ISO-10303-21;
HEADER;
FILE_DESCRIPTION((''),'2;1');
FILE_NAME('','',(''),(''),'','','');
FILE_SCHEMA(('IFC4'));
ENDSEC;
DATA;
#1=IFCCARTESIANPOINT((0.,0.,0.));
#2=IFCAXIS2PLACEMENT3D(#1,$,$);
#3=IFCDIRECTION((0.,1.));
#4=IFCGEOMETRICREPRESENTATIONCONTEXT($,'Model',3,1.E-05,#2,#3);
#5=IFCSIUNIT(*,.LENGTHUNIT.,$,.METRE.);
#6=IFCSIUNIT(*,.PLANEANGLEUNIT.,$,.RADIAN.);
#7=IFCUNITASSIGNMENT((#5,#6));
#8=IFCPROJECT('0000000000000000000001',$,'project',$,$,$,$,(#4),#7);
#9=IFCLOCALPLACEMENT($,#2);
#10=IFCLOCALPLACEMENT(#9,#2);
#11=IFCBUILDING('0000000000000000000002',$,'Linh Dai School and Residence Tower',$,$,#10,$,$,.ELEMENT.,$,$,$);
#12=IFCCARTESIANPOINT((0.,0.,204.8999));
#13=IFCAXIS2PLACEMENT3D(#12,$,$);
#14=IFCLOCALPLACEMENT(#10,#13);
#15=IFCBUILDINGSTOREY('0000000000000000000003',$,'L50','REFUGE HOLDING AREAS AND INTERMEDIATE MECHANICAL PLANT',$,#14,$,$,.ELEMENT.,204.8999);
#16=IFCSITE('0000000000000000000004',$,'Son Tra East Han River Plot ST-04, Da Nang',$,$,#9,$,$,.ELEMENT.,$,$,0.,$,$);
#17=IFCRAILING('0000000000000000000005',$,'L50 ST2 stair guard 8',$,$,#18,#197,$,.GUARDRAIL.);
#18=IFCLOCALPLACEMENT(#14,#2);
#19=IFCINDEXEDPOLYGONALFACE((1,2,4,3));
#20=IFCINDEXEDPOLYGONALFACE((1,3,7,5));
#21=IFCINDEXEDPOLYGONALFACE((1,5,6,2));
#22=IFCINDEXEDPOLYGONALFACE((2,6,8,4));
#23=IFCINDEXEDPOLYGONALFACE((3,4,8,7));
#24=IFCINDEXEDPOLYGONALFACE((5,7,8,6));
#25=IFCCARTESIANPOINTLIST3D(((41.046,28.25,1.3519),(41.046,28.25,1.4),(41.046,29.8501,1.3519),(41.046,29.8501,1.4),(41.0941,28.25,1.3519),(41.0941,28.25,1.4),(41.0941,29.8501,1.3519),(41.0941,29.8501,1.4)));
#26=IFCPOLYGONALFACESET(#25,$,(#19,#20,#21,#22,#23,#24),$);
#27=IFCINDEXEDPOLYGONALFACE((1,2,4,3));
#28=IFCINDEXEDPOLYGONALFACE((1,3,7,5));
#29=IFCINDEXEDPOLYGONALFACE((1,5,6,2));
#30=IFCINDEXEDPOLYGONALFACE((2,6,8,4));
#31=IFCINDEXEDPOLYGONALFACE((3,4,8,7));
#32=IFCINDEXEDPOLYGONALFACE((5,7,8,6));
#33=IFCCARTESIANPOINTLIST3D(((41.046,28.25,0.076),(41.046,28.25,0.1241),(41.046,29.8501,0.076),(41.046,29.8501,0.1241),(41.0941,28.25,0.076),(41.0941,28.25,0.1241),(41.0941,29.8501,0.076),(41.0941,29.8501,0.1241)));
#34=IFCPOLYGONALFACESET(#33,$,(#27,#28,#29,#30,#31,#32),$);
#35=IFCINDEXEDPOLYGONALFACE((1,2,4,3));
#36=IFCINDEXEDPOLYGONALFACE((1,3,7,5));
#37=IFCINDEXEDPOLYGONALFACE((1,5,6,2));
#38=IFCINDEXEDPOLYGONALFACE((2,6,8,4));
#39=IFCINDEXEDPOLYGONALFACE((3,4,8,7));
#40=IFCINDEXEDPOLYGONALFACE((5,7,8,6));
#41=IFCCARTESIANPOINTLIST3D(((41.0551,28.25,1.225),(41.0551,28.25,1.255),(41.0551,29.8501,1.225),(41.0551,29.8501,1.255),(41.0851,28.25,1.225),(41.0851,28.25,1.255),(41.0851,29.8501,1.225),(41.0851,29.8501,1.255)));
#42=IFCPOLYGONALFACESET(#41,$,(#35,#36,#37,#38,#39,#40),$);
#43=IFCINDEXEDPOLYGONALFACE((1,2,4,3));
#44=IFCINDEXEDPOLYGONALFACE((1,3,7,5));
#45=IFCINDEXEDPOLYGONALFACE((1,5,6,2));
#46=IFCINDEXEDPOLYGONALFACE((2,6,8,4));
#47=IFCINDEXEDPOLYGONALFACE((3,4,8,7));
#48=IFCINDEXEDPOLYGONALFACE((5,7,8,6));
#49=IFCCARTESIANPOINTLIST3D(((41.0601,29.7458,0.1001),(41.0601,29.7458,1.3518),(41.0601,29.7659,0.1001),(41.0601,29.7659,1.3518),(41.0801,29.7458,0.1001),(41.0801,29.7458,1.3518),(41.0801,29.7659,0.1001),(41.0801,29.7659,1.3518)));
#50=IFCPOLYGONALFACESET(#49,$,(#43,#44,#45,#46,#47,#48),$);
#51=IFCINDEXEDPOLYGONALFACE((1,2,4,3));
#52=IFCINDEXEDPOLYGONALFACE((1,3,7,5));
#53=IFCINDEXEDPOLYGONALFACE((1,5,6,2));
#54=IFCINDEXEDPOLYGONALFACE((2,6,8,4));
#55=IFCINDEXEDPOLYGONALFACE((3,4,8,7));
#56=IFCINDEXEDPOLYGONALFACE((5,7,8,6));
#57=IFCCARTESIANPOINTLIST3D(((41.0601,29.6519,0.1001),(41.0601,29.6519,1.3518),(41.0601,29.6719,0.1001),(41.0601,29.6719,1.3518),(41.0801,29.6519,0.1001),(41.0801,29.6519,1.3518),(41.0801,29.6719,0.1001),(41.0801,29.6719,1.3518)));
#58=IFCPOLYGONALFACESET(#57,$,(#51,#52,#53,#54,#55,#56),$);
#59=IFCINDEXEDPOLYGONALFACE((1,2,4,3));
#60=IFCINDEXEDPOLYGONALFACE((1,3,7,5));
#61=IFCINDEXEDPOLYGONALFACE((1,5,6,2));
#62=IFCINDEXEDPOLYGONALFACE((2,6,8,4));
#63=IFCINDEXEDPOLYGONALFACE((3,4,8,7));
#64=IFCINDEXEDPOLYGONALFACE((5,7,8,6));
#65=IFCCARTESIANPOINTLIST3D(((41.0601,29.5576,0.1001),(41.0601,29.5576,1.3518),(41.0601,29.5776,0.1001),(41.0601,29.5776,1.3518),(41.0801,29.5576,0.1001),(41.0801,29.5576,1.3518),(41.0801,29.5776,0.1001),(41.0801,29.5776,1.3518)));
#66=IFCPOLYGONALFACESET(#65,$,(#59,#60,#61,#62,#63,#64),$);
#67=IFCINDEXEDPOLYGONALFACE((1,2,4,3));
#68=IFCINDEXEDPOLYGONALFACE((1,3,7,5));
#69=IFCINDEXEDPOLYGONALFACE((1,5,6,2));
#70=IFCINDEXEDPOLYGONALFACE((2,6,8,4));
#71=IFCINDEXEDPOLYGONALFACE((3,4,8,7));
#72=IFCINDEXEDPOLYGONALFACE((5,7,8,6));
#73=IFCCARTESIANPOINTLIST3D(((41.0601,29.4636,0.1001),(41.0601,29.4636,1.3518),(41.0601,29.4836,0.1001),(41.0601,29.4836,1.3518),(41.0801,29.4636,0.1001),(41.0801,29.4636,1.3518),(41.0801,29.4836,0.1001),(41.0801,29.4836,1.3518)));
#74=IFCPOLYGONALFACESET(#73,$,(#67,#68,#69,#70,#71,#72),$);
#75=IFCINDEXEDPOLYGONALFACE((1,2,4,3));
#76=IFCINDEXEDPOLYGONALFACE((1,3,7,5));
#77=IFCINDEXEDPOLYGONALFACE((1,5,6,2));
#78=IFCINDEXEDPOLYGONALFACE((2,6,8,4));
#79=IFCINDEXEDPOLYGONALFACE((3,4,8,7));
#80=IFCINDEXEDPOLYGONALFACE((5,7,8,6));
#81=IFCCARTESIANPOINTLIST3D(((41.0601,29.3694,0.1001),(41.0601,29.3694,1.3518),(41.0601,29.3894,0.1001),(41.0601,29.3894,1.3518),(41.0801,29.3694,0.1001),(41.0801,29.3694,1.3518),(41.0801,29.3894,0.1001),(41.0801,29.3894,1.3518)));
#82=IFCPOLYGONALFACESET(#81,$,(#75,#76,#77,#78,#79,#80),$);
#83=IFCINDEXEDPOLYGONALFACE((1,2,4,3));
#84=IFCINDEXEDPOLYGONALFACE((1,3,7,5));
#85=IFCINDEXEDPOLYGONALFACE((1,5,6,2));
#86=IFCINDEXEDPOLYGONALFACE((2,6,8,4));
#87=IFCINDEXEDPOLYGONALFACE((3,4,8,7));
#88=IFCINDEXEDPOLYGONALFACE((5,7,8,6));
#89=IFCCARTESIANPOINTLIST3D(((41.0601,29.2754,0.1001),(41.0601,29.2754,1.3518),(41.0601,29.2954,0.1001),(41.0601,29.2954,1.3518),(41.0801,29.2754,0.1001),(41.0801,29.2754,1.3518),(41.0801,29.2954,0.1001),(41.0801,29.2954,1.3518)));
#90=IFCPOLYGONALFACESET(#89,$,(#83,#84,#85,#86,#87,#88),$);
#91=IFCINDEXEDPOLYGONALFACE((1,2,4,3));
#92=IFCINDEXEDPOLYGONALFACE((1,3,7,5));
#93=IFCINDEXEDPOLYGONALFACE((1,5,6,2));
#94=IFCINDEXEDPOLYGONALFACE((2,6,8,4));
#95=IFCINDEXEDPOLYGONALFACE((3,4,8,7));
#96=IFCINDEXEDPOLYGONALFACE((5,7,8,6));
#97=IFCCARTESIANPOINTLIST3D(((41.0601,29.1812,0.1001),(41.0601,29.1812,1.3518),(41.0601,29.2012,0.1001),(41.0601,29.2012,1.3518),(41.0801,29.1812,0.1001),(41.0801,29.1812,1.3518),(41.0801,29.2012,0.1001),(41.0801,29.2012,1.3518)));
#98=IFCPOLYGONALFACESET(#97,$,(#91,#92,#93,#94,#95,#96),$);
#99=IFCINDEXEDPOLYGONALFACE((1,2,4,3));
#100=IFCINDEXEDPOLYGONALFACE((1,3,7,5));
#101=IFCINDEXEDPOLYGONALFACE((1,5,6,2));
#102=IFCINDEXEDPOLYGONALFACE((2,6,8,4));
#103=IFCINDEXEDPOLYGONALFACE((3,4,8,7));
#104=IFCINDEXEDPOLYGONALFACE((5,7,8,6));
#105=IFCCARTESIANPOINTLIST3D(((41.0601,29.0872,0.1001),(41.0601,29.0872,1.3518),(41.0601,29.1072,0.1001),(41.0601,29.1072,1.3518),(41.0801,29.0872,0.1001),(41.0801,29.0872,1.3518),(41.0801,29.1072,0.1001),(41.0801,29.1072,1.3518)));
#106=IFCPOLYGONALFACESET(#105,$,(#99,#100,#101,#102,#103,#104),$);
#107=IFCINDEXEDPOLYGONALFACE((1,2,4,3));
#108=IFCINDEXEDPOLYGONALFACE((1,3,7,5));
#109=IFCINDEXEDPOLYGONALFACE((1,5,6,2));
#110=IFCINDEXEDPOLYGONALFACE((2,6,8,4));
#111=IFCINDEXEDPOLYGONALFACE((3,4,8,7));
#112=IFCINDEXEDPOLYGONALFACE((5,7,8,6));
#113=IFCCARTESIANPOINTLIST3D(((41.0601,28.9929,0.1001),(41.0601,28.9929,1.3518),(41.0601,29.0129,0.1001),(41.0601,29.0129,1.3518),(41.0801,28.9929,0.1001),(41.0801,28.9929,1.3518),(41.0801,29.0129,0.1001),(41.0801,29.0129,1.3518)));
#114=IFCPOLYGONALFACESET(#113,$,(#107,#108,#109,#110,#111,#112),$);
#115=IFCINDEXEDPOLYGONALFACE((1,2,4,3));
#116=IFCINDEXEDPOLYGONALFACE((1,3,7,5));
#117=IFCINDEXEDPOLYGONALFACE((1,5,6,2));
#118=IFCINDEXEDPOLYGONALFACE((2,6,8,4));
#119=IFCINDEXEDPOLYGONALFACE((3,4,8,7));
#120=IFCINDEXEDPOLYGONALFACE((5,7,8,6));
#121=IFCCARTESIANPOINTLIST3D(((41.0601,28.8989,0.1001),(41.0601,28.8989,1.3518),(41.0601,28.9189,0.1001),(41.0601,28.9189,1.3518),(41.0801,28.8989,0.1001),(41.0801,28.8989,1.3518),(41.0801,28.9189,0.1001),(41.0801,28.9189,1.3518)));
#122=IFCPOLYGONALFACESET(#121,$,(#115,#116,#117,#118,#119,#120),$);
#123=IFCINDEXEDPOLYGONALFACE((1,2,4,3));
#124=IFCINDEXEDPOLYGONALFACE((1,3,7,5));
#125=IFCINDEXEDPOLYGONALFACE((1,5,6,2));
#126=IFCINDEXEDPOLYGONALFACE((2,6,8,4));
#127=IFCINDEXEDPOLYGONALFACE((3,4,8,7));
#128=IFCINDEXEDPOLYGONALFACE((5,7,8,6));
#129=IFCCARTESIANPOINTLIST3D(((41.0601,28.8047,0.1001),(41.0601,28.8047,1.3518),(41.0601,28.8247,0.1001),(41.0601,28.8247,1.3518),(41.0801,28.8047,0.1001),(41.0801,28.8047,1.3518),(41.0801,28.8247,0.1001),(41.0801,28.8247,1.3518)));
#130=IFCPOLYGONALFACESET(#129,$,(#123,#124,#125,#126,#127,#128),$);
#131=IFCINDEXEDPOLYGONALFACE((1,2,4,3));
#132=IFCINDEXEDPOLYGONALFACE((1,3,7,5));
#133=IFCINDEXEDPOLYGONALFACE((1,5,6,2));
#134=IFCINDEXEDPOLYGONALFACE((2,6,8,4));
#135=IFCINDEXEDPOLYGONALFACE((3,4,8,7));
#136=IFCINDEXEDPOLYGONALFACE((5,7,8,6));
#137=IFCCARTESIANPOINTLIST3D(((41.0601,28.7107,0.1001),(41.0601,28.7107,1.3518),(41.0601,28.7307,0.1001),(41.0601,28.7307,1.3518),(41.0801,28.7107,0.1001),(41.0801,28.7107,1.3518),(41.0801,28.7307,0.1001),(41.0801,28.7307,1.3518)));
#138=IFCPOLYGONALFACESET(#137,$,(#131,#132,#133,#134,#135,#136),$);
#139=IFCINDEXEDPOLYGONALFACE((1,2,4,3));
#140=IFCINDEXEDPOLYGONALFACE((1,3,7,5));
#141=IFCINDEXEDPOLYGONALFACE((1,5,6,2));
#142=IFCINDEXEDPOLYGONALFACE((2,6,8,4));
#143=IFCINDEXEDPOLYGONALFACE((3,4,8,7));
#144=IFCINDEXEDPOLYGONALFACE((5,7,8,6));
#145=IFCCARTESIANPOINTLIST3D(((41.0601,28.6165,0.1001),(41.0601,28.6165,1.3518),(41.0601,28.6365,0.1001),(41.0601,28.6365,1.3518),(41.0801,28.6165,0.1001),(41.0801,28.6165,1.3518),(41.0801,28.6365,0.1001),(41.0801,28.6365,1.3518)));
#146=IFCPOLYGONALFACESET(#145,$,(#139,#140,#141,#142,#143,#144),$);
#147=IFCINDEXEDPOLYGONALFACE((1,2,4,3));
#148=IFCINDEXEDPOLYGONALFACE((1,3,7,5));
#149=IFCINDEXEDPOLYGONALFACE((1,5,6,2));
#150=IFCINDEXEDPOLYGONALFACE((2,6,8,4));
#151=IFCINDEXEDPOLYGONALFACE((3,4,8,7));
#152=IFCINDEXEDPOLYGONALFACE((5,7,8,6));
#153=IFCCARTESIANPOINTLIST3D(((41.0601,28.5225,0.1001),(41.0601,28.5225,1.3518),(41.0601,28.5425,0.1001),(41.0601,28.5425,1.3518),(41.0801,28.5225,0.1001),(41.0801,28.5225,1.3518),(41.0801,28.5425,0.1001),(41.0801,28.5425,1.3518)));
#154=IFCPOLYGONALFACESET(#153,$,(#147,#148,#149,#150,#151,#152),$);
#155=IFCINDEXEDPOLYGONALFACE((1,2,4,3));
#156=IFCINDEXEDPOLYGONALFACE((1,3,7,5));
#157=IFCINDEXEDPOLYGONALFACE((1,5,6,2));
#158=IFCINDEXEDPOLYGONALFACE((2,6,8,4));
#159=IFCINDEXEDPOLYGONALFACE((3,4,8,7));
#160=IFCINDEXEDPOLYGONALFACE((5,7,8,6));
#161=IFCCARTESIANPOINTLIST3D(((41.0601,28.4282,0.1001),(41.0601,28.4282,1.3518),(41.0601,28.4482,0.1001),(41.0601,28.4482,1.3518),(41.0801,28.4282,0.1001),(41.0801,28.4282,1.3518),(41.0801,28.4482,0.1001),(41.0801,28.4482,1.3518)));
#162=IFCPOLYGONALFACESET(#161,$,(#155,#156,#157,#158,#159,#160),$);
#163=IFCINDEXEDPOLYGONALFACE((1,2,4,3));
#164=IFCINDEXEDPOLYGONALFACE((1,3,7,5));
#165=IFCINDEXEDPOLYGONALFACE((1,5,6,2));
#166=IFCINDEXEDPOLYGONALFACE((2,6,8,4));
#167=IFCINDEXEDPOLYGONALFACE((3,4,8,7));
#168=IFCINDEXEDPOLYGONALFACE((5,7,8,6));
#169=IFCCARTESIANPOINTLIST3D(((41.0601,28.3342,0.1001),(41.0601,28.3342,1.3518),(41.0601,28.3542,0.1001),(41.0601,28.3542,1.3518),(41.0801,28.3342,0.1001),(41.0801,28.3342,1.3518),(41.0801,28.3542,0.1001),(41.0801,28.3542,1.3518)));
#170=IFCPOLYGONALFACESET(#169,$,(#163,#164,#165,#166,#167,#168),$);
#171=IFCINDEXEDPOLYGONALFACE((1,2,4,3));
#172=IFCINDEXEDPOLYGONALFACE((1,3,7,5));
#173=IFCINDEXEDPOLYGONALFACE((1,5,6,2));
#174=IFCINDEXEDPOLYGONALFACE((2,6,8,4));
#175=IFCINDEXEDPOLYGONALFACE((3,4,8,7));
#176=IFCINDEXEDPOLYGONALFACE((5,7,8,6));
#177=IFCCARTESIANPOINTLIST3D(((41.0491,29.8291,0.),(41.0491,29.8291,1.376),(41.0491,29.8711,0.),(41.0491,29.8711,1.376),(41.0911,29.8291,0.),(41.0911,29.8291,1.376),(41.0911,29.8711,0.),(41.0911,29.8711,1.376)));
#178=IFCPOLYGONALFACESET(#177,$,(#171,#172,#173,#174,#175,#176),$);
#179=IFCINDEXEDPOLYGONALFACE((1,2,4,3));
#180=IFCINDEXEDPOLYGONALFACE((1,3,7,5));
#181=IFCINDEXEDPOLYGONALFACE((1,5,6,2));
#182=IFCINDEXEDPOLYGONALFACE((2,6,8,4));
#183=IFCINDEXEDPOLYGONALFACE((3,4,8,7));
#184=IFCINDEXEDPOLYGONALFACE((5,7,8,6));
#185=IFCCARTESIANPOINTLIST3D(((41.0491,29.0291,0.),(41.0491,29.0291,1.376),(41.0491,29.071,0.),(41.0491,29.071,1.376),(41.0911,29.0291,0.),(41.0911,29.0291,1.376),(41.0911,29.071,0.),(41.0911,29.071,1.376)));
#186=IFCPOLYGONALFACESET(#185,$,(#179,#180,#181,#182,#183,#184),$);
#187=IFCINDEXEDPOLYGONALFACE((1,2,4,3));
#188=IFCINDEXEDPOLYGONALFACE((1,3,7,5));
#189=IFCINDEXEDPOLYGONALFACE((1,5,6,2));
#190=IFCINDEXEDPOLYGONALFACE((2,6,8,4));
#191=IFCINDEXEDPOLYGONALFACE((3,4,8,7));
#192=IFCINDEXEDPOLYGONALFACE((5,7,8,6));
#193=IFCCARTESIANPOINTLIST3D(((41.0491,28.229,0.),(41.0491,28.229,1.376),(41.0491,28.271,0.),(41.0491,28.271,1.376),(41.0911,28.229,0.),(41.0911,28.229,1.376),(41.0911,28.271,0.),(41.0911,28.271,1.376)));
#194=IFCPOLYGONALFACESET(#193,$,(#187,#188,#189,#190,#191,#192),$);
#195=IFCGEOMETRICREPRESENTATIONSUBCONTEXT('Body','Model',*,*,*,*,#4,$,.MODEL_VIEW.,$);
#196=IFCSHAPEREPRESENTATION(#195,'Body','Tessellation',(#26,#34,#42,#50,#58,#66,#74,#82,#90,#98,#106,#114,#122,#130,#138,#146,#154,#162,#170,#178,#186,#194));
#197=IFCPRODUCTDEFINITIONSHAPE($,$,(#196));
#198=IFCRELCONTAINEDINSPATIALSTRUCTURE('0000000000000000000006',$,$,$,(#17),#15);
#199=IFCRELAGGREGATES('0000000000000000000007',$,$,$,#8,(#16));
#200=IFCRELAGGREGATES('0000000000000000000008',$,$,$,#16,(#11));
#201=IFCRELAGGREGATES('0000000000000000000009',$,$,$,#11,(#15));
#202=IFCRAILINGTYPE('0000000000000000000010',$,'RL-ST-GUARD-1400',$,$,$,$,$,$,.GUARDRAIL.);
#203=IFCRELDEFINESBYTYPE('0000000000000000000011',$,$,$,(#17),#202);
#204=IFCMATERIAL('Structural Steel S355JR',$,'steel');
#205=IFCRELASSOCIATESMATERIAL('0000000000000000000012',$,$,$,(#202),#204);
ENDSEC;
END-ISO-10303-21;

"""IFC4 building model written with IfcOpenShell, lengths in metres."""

from ifc_helpers import new_model, si_unit, direction, frame, origin, origin_2d, place, context, subcontext, project, spatial, rectangle, extrude, source, transform, mapped, material, type_object, element, save


model = new_model("IFC4")

# Units and contexts
model_context = context("Model", 3, precision=1e-05, world=origin(), true_north=direction((0.0, 1.0)))
body_context = subcontext(model_context, "Body", "Model", "MODEL_VIEW")
ifc_project = project(units=[si_unit("LENGTHUNIT", "METRE"), si_unit("PLANEANGLEUNIT", "RADIAN")], contexts=[model_context])

# Site, building, storey
site_placement = place(None, origin())
site = spatial("IfcSite", under=ifc_project, at=site_placement, Name="Son Tra East Han River Plot ST-04, Da Nang", CompositionType="ELEMENT", RefElevation=0.0)
building_placement = place(site_placement, origin())
building = spatial("IfcBuilding", under=site, at=building_placement, Name="Linh Dai School and Residence Tower", CompositionType="ELEMENT")
storey_placement = place(building_placement, frame((0.0, 0.0, 204.8999)))
storey = spatial("IfcBuildingStorey", under=building, at=storey_placement, Name="L50", Description="REFUGE HOLDING AREAS AND INTERMEDIATE MECHANICAL PLANT", CompositionType="ELEMENT", Elevation=204.8999)

# Shared definitions
ifc_material_1 = material(Name="Structural Steel S355JR", Category="steel")

# Railing
railing_type_1 = type_object("IfcRailingType", Name="RL-ST-GUARD-1400", PredefinedType="GUARDRAIL", material=ifc_material_1)
shared_shape_1 = source(origin(), body_context, "Body", "SweptSolid", [
    extrude(rectangle(XDim=0.0481, YDim=0.0481, at=origin_2d()), frame((0.0, 0.0, 1.376), z_axis=(0.0, -1.0, 0.0), x_axis=(1.0, 0.0, 0.0)), (0.0, 0.0, 1.0), 1.6001),
    extrude(rectangle(XDim=0.0481, YDim=0.0481, at=origin_2d()), frame((0.0, 0.0, 0.1001), z_axis=(0.0, -1.0, 0.0), x_axis=(1.0, 0.0, 0.0)), (0.0, 0.0, 1.0), 1.6001),
    extrude(rectangle(XDim=0.03, YDim=0.03, at=origin_2d()), frame((0.0, 0.0, 1.24), z_axis=(0.0, -1.0, 0.0), x_axis=(1.0, 0.0, 0.0)), (0.0, 0.0, 1.0), 1.6001),
    extrude(rectangle(XDim=0.02, YDim=0.02, at=origin_2d()), frame((0.0, -0.0942, 0.1001)), (0.0, 0.0, 1.0), 1.2517),
    extrude(rectangle(XDim=0.02, YDim=0.02, at=origin_2d()), frame((0.0, -0.1882, 0.1001)), (0.0, 0.0, 1.0), 1.2517),
    extrude(rectangle(XDim=0.02, YDim=0.02, at=origin_2d()), frame((0.0, -0.2825, 0.1001)), (0.0, 0.0, 1.0), 1.2517),
    extrude(rectangle(XDim=0.02, YDim=0.02, at=origin_2d()), frame((0.0, -0.3765, 0.1001)), (0.0, 0.0, 1.0), 1.2517),
    extrude(rectangle(XDim=0.02, YDim=0.02, at=origin_2d()), frame((0.0, -0.4707, 0.1001)), (0.0, 0.0, 1.0), 1.2517),
    extrude(rectangle(XDim=0.02, YDim=0.02, at=origin_2d()), frame((0.0, -0.5647, 0.1001)), (0.0, 0.0, 1.0), 1.2517),
    extrude(rectangle(XDim=0.02, YDim=0.02, at=origin_2d()), frame((0.0, -0.6589, 0.1001)), (0.0, 0.0, 1.0), 1.2517),
    extrude(rectangle(XDim=0.02, YDim=0.02, at=origin_2d()), frame((0.0, -0.7529, 0.1001)), (0.0, 0.0, 1.0), 1.2517),
    extrude(rectangle(XDim=0.02, YDim=0.02, at=origin_2d()), frame((0.0, -0.8472, 0.1001)), (0.0, 0.0, 1.0), 1.2517),
    extrude(rectangle(XDim=0.02, YDim=0.02, at=origin_2d()), frame((0.0, -0.9412, 0.1001)), (0.0, 0.0, 1.0), 1.2517),
    extrude(rectangle(XDim=0.02, YDim=0.02, at=origin_2d()), frame((0.0, -1.0354, 0.1001)), (0.0, 0.0, 1.0), 1.2517),
    extrude(rectangle(XDim=0.02, YDim=0.02, at=origin_2d()), frame((0.0, -1.1294, 0.1001)), (0.0, 0.0, 1.0), 1.2517),
    extrude(rectangle(XDim=0.02, YDim=0.02, at=origin_2d()), frame((0.0, -1.2236, 0.1001)), (0.0, 0.0, 1.0), 1.2517),
    extrude(rectangle(XDim=0.02, YDim=0.02, at=origin_2d()), frame((0.0, -1.3176, 0.1001)), (0.0, 0.0, 1.0), 1.2517),
    extrude(rectangle(XDim=0.02, YDim=0.02, at=origin_2d()), frame((0.0, -1.4119, 0.1001)), (0.0, 0.0, 1.0), 1.2517),
    extrude(rectangle(XDim=0.02, YDim=0.02, at=origin_2d()), frame((0.0, -1.5059, 0.1001)), (0.0, 0.0, 1.0), 1.2517),
    extrude(rectangle(XDim=0.042, YDim=0.042, at=origin_2d()), origin(), (0.0, 0.0, 1.0), 1.376),
    extrude(rectangle(XDim=0.042, YDim=0.042, at=origin_2d()), frame((0.0, -0.8, 0.0)), (0.0, 0.0, 1.0), 1.376),
    extrude(rectangle(XDim=0.042, YDim=0.042, at=origin_2d()), frame((0.0, -1.6001, 0.0)), (0.0, 0.0, 1.0), 1.376),
])
for number, where, name in (
    (1, (41.0701, 29.8501, 0.0), "L50 ST2 stair guard 8"),
):
    element("IfcRailing", number, at=place(storey_placement, frame(where)), inside=storey, type_object=railing_type_1, Name=name, PredefinedType="GUARDRAIL", context=body_context, shape_type="MappedRepresentation", body=[
        mapped(shared_shape_1, transform((0.0, 0.0, 0.0), x_axis=(1.0, 0.0, 0.0), y_axis=(0.0, 1.0, 0.0), z_axis=(0.0, 0.0, 1.0), scale=1.0)),
    ])

save(model, "model.ifc")
